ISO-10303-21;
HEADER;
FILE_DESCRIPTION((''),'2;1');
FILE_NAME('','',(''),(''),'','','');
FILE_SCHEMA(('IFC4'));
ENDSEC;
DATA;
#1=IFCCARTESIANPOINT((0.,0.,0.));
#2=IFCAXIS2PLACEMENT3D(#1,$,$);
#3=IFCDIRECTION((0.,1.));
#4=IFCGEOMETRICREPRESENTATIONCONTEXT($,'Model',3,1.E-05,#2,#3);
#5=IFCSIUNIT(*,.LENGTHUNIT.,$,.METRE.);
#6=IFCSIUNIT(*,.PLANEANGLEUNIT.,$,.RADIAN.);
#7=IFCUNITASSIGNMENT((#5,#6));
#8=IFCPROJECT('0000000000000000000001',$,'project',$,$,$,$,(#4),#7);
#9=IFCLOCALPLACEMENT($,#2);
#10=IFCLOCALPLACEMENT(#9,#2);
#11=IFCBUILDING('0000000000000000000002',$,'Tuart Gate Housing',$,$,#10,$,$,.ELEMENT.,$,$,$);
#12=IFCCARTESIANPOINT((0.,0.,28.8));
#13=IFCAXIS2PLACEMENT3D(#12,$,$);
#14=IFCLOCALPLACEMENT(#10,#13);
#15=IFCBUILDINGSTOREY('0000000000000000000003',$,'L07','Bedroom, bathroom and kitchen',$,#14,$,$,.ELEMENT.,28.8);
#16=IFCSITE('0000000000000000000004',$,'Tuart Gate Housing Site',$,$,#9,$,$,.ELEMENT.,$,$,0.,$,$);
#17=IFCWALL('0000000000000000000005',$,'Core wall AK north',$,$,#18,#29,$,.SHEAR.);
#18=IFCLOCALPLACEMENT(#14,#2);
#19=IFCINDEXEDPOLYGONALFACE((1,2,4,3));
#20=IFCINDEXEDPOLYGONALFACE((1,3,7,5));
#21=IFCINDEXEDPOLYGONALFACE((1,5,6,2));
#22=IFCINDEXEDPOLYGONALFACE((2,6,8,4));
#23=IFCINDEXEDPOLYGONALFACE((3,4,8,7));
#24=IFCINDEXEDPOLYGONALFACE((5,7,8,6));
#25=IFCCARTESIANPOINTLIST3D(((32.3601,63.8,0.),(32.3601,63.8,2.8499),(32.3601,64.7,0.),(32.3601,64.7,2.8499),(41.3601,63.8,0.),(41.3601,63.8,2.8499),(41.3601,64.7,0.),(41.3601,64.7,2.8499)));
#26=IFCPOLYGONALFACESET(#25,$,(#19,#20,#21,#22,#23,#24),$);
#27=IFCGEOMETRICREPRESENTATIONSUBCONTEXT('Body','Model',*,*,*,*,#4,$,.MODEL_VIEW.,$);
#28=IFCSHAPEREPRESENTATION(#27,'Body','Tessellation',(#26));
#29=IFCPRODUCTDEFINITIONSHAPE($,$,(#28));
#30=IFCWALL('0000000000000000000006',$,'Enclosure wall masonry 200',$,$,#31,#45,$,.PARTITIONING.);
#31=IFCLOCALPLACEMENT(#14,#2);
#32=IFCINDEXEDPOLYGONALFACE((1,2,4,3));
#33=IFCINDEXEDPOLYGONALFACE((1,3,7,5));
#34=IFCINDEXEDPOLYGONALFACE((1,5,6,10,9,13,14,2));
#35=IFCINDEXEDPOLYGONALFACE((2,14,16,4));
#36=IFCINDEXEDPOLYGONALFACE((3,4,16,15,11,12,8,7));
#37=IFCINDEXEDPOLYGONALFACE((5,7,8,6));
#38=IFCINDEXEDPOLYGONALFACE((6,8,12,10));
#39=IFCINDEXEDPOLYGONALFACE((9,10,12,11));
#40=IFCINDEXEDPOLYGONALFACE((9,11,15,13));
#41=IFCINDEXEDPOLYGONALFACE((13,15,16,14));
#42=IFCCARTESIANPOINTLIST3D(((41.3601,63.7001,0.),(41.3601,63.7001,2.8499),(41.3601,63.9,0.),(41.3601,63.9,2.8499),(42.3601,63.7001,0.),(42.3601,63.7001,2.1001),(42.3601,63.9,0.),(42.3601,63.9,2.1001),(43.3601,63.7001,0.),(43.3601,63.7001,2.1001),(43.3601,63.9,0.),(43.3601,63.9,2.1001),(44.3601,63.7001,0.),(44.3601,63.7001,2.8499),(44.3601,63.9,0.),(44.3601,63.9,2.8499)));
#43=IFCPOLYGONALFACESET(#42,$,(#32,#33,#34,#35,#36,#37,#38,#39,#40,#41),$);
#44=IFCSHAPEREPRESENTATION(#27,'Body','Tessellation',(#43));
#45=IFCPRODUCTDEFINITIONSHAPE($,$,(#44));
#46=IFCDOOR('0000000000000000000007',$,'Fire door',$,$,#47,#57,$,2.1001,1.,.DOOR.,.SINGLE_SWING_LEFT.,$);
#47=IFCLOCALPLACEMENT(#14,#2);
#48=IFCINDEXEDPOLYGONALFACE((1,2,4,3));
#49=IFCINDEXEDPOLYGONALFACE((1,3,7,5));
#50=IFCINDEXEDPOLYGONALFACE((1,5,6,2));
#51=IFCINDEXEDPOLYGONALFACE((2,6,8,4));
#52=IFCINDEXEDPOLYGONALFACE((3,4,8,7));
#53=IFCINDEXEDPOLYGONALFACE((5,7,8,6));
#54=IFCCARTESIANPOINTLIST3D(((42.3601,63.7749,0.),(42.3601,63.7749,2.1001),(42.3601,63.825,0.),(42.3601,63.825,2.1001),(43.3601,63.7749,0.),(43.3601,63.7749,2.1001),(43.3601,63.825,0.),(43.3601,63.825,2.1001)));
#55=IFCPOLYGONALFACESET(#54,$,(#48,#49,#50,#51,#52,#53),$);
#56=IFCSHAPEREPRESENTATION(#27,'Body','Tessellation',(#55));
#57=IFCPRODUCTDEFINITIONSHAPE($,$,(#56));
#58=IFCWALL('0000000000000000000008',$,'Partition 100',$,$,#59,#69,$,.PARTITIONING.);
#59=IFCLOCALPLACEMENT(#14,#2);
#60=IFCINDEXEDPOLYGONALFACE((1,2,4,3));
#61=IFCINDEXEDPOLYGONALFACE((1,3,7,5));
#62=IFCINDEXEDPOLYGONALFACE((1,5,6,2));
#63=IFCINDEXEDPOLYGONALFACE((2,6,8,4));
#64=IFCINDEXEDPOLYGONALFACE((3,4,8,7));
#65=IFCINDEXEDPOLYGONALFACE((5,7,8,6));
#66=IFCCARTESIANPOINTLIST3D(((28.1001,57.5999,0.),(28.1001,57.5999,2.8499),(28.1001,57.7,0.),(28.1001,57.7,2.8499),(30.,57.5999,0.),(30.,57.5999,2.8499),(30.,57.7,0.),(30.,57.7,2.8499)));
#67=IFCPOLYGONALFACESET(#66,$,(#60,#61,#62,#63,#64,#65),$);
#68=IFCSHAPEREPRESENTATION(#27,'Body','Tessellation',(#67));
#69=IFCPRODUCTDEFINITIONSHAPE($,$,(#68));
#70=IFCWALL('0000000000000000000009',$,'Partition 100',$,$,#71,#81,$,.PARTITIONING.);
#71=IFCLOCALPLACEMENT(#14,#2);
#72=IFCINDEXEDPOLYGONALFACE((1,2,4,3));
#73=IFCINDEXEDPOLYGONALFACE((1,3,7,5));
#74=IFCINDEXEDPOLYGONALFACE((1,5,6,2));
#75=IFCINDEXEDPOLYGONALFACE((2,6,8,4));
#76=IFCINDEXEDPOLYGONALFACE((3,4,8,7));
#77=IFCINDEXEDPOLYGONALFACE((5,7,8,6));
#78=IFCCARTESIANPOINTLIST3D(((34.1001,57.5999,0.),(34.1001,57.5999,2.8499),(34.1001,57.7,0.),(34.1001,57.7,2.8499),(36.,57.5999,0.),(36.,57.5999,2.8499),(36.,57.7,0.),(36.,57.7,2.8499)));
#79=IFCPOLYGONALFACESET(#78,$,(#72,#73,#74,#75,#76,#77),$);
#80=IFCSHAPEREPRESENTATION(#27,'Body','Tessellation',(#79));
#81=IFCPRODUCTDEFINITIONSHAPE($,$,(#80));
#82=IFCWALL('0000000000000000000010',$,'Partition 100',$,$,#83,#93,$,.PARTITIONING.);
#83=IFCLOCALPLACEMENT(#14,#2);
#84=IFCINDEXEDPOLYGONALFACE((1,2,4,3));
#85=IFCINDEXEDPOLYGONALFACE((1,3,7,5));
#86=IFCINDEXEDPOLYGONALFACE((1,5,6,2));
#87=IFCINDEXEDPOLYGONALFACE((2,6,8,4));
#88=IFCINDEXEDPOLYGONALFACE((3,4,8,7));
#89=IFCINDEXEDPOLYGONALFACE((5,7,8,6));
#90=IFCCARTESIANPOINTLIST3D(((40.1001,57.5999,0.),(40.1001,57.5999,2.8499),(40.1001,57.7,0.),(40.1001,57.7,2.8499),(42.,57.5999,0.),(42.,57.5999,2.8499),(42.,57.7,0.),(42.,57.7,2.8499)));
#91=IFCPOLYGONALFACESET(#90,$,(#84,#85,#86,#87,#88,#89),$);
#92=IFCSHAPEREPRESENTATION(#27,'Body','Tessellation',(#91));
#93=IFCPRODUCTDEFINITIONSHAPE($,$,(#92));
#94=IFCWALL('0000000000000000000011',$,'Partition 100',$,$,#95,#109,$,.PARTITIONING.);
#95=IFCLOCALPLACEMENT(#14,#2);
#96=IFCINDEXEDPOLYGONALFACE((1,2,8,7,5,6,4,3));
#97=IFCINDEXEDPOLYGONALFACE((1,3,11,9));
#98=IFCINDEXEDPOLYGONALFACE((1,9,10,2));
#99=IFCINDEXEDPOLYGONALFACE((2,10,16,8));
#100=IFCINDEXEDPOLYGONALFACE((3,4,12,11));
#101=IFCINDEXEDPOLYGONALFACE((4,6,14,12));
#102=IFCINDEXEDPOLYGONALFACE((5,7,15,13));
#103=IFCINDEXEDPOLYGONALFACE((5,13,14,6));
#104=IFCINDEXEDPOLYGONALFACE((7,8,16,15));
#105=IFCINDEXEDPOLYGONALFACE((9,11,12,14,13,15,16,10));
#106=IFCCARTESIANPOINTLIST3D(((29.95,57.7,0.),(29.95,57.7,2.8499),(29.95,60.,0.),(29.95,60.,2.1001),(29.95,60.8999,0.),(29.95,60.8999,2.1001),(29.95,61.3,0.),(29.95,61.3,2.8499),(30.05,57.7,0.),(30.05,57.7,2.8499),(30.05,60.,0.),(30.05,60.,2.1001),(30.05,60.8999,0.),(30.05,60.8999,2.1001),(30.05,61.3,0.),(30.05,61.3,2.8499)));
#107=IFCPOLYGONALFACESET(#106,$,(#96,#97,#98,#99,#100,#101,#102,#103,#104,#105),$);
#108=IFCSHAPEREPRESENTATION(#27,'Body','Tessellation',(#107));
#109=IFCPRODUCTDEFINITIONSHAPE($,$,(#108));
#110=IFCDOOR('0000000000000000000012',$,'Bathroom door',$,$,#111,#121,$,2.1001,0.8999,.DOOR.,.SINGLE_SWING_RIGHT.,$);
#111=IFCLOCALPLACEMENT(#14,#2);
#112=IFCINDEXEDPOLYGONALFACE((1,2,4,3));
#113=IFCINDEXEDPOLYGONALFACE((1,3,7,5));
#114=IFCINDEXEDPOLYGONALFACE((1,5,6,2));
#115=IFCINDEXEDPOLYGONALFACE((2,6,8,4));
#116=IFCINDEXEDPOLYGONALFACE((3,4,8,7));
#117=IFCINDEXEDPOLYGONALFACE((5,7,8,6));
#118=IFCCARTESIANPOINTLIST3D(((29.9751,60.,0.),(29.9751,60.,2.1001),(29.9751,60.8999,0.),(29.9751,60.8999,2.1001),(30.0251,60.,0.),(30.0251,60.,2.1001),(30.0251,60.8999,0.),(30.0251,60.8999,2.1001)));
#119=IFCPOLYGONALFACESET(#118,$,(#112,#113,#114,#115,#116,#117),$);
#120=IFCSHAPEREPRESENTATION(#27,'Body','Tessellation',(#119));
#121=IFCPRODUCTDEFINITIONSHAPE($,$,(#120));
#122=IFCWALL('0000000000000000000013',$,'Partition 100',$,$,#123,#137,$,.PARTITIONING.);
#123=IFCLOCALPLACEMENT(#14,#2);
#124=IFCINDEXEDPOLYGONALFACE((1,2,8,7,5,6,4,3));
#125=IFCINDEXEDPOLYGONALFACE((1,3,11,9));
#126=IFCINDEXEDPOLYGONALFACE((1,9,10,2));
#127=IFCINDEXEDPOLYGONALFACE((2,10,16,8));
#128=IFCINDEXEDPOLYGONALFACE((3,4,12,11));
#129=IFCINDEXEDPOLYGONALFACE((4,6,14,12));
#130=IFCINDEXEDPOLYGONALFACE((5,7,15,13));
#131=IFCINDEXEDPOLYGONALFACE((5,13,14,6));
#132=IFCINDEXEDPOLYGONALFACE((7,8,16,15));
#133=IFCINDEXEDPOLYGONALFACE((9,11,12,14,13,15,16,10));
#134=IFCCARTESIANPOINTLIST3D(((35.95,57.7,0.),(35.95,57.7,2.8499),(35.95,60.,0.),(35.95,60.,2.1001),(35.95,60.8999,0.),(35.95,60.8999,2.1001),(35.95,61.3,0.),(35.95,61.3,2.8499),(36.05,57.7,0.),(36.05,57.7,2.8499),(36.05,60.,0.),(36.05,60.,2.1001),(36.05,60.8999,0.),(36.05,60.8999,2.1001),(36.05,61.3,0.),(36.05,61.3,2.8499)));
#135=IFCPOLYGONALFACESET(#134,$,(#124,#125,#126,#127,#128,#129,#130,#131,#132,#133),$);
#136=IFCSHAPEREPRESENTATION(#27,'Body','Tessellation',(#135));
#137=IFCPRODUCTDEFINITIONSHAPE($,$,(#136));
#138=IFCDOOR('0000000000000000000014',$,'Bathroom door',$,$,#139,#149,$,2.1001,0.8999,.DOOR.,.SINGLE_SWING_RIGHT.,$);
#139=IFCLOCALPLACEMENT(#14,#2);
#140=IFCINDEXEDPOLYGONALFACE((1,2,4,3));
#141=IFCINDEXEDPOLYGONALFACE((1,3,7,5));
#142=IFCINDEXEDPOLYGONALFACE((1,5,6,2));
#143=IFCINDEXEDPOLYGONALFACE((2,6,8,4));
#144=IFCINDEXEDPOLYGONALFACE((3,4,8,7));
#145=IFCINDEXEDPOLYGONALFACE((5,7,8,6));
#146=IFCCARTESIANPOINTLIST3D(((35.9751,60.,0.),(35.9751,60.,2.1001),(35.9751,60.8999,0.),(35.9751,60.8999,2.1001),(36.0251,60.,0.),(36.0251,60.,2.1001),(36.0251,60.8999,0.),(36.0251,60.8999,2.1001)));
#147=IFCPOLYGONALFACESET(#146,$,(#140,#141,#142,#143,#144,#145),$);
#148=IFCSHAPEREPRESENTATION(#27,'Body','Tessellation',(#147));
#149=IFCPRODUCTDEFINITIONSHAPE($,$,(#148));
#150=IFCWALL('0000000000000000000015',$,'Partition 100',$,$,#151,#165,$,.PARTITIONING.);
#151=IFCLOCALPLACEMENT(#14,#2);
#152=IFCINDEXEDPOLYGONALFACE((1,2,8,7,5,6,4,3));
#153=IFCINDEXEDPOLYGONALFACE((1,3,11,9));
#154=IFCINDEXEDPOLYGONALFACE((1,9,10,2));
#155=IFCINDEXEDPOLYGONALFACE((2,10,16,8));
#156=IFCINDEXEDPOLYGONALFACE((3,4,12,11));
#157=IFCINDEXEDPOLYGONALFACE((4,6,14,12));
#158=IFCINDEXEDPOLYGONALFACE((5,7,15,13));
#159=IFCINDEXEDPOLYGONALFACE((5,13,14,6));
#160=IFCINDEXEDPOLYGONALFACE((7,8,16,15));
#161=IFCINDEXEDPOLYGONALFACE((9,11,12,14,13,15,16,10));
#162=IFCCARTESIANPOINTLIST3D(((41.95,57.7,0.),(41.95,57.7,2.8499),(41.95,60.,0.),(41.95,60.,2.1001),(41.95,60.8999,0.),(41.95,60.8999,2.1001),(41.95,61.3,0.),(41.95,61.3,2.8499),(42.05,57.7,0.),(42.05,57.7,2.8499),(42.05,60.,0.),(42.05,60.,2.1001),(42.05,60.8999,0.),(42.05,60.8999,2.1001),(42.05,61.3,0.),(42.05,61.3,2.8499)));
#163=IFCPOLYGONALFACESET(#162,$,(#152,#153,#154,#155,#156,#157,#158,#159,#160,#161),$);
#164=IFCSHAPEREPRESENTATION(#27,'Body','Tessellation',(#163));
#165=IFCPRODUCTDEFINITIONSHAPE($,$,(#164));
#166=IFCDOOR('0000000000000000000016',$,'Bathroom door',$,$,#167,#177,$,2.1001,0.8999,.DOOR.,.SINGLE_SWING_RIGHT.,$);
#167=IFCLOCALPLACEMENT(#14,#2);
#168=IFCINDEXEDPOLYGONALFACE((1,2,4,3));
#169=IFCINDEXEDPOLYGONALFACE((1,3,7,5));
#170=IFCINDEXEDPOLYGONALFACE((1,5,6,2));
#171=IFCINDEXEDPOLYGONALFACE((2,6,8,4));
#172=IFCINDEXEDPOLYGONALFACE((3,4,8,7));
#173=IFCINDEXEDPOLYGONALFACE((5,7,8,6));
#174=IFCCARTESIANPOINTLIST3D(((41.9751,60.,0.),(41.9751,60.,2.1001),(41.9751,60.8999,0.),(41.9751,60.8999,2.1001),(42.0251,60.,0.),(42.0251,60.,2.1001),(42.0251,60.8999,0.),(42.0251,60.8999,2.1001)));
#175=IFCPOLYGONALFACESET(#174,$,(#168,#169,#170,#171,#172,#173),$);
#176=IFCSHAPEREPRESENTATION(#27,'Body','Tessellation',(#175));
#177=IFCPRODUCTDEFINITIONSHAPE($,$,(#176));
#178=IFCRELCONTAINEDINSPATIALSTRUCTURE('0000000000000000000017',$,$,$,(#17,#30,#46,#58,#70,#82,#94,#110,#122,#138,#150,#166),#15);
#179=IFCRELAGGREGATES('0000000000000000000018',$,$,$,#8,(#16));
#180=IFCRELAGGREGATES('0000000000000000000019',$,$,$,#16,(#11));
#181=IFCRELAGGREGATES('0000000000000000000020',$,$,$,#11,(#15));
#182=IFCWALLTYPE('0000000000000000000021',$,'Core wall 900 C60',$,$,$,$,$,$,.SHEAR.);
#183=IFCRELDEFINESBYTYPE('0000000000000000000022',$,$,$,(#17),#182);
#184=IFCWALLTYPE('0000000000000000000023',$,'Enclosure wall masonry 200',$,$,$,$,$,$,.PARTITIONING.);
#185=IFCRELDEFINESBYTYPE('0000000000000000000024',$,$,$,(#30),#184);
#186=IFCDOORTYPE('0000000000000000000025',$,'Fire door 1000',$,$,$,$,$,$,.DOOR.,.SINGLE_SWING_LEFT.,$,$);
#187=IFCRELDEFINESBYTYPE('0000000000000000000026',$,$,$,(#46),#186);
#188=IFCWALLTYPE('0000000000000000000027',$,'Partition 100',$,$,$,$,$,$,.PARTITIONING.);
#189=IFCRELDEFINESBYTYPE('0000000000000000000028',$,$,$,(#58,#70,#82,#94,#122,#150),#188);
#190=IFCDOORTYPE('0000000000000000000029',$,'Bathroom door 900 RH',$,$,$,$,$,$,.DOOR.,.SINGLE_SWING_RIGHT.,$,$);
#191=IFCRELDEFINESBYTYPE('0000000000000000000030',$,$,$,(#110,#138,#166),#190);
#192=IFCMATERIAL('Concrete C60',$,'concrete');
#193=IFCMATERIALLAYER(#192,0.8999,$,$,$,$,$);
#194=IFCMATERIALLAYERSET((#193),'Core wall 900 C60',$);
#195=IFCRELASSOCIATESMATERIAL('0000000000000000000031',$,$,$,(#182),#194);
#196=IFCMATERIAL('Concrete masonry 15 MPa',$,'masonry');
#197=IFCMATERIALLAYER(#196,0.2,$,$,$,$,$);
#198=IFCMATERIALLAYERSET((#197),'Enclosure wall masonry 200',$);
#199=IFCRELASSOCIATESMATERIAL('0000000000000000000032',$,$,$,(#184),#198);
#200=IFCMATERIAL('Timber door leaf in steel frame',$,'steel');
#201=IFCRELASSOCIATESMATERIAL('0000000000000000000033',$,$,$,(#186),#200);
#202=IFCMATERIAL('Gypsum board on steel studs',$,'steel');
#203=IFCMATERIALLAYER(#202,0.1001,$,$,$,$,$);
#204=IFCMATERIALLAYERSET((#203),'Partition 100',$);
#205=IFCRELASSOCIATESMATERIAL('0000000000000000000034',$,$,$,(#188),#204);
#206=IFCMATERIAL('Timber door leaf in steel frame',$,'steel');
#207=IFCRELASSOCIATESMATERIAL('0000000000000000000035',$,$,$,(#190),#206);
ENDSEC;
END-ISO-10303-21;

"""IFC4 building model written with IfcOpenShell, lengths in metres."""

from ifc_helpers import new_model, si_unit, direction, frame, frame_2d, origin, place, context, subcontext, project, spatial, rectangle, extrude, material, layer, layer_set, type_object, element, fill, save


model = new_model("IFC4")

# Units and contexts
model_context = context("Model", 3, precision=1e-05, world=origin(), true_north=direction((0.0, 1.0)))
body_context = subcontext(model_context, "Body", "Model", "MODEL_VIEW")
ifc_project = project(units=[si_unit("LENGTHUNIT", "METRE"), si_unit("PLANEANGLEUNIT", "RADIAN")], contexts=[model_context])

# Site, building, storey
site_placement = place(None, origin())
site = spatial("IfcSite", under=ifc_project, at=site_placement, Name="Tuart Gate Housing Site", CompositionType="ELEMENT", RefElevation=0.0)
building_placement = place(site_placement, origin())
building = spatial("IfcBuilding", under=site, at=building_placement, Name="Tuart Gate Housing", CompositionType="ELEMENT")
storey_placement = place(building_placement, frame((0.0, 0.0, 28.8)))
storey = spatial("IfcBuildingStorey", under=building, at=storey_placement, Name="L07", Description="Bedroom, bathroom and kitchen", CompositionType="ELEMENT", Elevation=28.8)

# Wall
ifc_material_1 = material(Name="Concrete C60", Category="concrete")
ifc_layer_1 = layer(ifc_material_1, 0.8999)
ifc_layer_set_1 = layer_set([ifc_layer_1], Name="Core wall 900 C60")
wall_type_1 = type_object("IfcWallType", Name="Core wall 900 C60", PredefinedType="SHEAR", material=ifc_layer_set_1)
wall_1_placement = place(storey_placement, frame((41.3601, 64.25, 0.0), z_axis=(0.0, 0.0, 1.0), x_axis=(-1.0, 0.0, 0.0)))
element("IfcWall", 1, at=wall_1_placement, inside=storey, type_object=wall_type_1, Name="Core wall AK north", PredefinedType="SHEAR", context=body_context, shape_type="SweptSolid", body=[
    extrude(rectangle(XDim=9.0, YDim=0.8999, at=frame_2d((4.5, 0.0))), origin(), (0.0, 0.0, 1.0), 2.8499),
])

# Wall, opening, door
ifc_material_2 = material(Name="Concrete masonry 15 MPa", Category="masonry")
ifc_layer_2 = layer(ifc_material_2, 0.2)
ifc_layer_set_2 = layer_set([ifc_layer_2], Name="Enclosure wall masonry 200")
wall_type_2 = type_object("IfcWallType", Name="Enclosure wall masonry 200", PredefinedType="PARTITIONING", material=ifc_layer_set_2)
wall_2_placement = place(storey_placement, frame((41.3601, 63.8, 0.0), z_axis=(0.0, 0.0, 1.0), x_axis=(1.0, 0.0, 0.0)))
wall_2 = element("IfcWall", 2, at=wall_2_placement, inside=storey, type_object=wall_type_2, Name="Enclosure wall masonry 200", PredefinedType="PARTITIONING", context=body_context, shape_type="SweptSolid", body=[
    extrude(rectangle(XDim=3.0, YDim=0.2, at=frame_2d((1.5, 0.0))), origin(), (0.0, 0.0, 1.0), 2.8499),
])
opening_1_placement = place(wall_2_placement, frame((1.0, 0.0, 0.0)))
opening_1 = element("IfcOpeningElement", 3, at=opening_1_placement, cuts=wall_2, PredefinedType="OPENING", context=body_context, shape_type="SweptSolid", body=[
    extrude(rectangle(XDim=1.0, YDim=2.1001, at=frame_2d((0.5, 1.05))), frame((0.0, 0.1099, 0.0), z_axis=(0.0, -1.0, 0.0), x_axis=(1.0, 0.0, 0.0)), (0.0, 0.0, 1.0), 0.22),
])
ifc_material_3 = material(Name="Timber door leaf in steel frame", Category="steel")
door_type_1 = type_object("IfcDoorType", Name="Fire door 1000", OperationType="SINGLE_SWING_LEFT", PredefinedType="DOOR", material=ifc_material_3)
door_1_placement = place(opening_1_placement, frame((1.0, 0.0, 0.0), z_axis=(0.0, 0.0, 1.0), x_axis=(-1.0, 0.0, 0.0)))
door_1 = element("IfcDoor", 4, at=door_1_placement, inside=storey, type_object=door_type_1, Name="Fire door", OperationType="SINGLE_SWING_LEFT", OverallHeight=2.1001, OverallWidth=1.0, PredefinedType="DOOR", context=body_context, shape_type="SweptSolid", body=[
    extrude(rectangle(XDim=1.0, YDim=2.1001, at=frame_2d((0.5, 1.05))), frame((0.0, 0.0251, 0.0), z_axis=(0.0, -1.0, 0.0), x_axis=(1.0, 0.0, 0.0)), (0.0, 0.0, 1.0), 0.05),
])
fill(opening_1, door_1)

# Walls
ifc_material_4 = material(Name="Gypsum board on steel studs", Category="steel")
ifc_layer_3 = layer(ifc_material_4, 0.1001)
ifc_layer_set_3 = layer_set([ifc_layer_3], Name="Partition 100")
wall_type_3 = type_object("IfcWallType", Name="Partition 100", PredefinedType="PARTITIONING", material=ifc_layer_set_3)
for number, where, z_axis, x_axis, name in (
    (5, (28.1001, 57.6499, 0.0), (0.0, 0.0, 1.0), (1.0, 0.0, 0.0), "Partition 100"),
    (6, (34.1001, 57.6499, 0.0), (0.0, 0.0, 1.0), (1.0, 0.0, 0.0), "Partition 100"),
    (7, (40.1001, 57.6499, 0.0), (0.0, 0.0, 1.0), (1.0, 0.0, 0.0), "Partition 100"),
):
    element("IfcWall", number, at=place(storey_placement, frame(where, z_axis=z_axis, x_axis=x_axis)), inside=storey, type_object=wall_type_3, Name=name, PredefinedType="PARTITIONING", context=body_context, shape_type="SweptSolid", body=[
        extrude(rectangle(XDim=1.8999, YDim=0.1001, at=frame_2d((0.95, 0.0))), origin(), (0.0, 0.0, 1.0), 2.8499),
    ])

# Walls, openings, doors
wall_3_placement = place(storey_placement, frame((30.0, 57.7, 0.0), z_axis=(0.0, 0.0, 1.0), x_axis=(0.0, 1.0, 0.0)))
wall_3 = element("IfcWall", 8, at=wall_3_placement, inside=storey, type_object=wall_type_3, Name="Partition 100", PredefinedType="PARTITIONING", context=body_context, shape_type="SweptSolid", body=[
    extrude(rectangle(XDim=3.6001, YDim=0.1001, at=frame_2d((1.8, 0.0))), origin(), (0.0, 0.0, 1.0), 2.8499),
])
opening_2_placement = place(wall_3_placement, frame((2.3, 0.0, 0.0)))
opening_2 = element("IfcOpeningElement", 9, at=opening_2_placement, cuts=wall_3, PredefinedType="OPENING", context=body_context, shape_type="SweptSolid", body=[
    extrude(rectangle(XDim=0.8999, YDim=2.1001, at=frame_2d((0.45, 1.05))), frame((0.0, 0.0601, 0.0), z_axis=(0.0, -1.0, 0.0), x_axis=(1.0, 0.0, 0.0)), (0.0, 0.0, 1.0), 0.1201),
])
ifc_material_5 = material(Name="Timber door leaf in steel frame", Category="steel")
door_type_2 = type_object("IfcDoorType", Name="Bathroom door 900 RH", OperationType="SINGLE_SWING_RIGHT", PredefinedType="DOOR", material=ifc_material_5)
door_2_placement = place(opening_2_placement, origin())
door_2 = element("IfcDoor", 10, at=door_2_placement, inside=storey, type_object=door_type_2, Name="Bathroom door", OperationType="SINGLE_SWING_RIGHT", OverallHeight=2.1001, OverallWidth=0.8999, PredefinedType="DOOR", context=body_context, shape_type="SweptSolid", body=[
    extrude(rectangle(XDim=0.8999, YDim=2.1001, at=frame_2d((0.45, 1.05))), frame((0.0, 0.0249, 0.0), z_axis=(0.0, -1.0, 0.0), x_axis=(1.0, 0.0, 0.0)), (0.0, 0.0, 1.0), 0.05),
])
fill(opening_2, door_2)
wall_4_placement = place(storey_placement, frame((36.0, 57.7, 0.0), z_axis=(0.0, 0.0, 1.0), x_axis=(0.0, 1.0, 0.0)))
wall_4 = element("IfcWall", 11, at=wall_4_placement, inside=storey, type_object=wall_type_3, Name="Partition 100", PredefinedType="PARTITIONING", context=body_context, shape_type="SweptSolid", body=[
    extrude(rectangle(XDim=3.6001, YDim=0.1001, at=frame_2d((1.8, 0.0))), origin(), (0.0, 0.0, 1.0), 2.8499),
])
opening_3_placement = place(wall_4_placement, frame((2.3, 0.0, 0.0)))
opening_3 = element("IfcOpeningElement", 12, at=opening_3_placement, cuts=wall_4, PredefinedType="OPENING", context=body_context, shape_type="SweptSolid", body=[
    extrude(rectangle(XDim=0.8999, YDim=2.1001, at=frame_2d((0.45, 1.05))), frame((0.0, 0.0601, 0.0), z_axis=(0.0, -1.0, 0.0), x_axis=(1.0, 0.0, 0.0)), (0.0, 0.0, 1.0), 0.1201),
])
door_3_placement = place(opening_3_placement, origin())
door_3 = element("IfcDoor", 13, at=door_3_placement, inside=storey, type_object=door_type_2, Name="Bathroom door", OperationType="SINGLE_SWING_RIGHT", OverallHeight=2.1001, OverallWidth=0.8999, PredefinedType="DOOR", context=body_context, shape_type="SweptSolid", body=[
    extrude(rectangle(XDim=0.8999, YDim=2.1001, at=frame_2d((0.45, 1.05))), frame((0.0, 0.0249, 0.0), z_axis=(0.0, -1.0, 0.0), x_axis=(1.0, 0.0, 0.0)), (0.0, 0.0, 1.0), 0.05),
])
fill(opening_3, door_3)
wall_5_placement = place(storey_placement, frame((42.0, 57.7, 0.0), z_axis=(0.0, 0.0, 1.0), x_axis=(0.0, 1.0, 0.0)))
wall_5 = element("IfcWall", 14, at=wall_5_placement, inside=storey, type_object=wall_type_3, Name="Partition 100", PredefinedType="PARTITIONING", context=body_context, shape_type="SweptSolid", body=[
    extrude(rectangle(XDim=3.6001, YDim=0.1001, at=frame_2d((1.8, 0.0))), origin(), (0.0, 0.0, 1.0), 2.8499),
])
opening_4_placement = place(wall_5_placement, frame((2.3, 0.0, 0.0)))
opening_4 = element("IfcOpeningElement", 15, at=opening_4_placement, cuts=wall_5, PredefinedType="OPENING", context=body_context, shape_type="SweptSolid", body=[
    extrude(rectangle(XDim=0.8999, YDim=2.1001, at=frame_2d((0.45, 1.05))), frame((0.0, 0.0601, 0.0), z_axis=(0.0, -1.0, 0.0), x_axis=(1.0, 0.0, 0.0)), (0.0, 0.0, 1.0), 0.1201),
])
door_4_placement = place(opening_4_placement, origin())
door_4 = element("IfcDoor", 16, at=door_4_placement, inside=storey, type_object=door_type_2, Name="Bathroom door", OperationType="SINGLE_SWING_RIGHT", OverallHeight=2.1001, OverallWidth=0.8999, PredefinedType="DOOR", context=body_context, shape_type="SweptSolid", body=[
    extrude(rectangle(XDim=0.8999, YDim=2.1001, at=frame_2d((0.45, 1.05))), frame((0.0, 0.0249, 0.0), z_axis=(0.0, -1.0, 0.0), x_axis=(1.0, 0.0, 0.0)), (0.0, 0.0, 1.0), 0.05),
])
fill(opening_4, door_4)

save(model, "model.ifc")
